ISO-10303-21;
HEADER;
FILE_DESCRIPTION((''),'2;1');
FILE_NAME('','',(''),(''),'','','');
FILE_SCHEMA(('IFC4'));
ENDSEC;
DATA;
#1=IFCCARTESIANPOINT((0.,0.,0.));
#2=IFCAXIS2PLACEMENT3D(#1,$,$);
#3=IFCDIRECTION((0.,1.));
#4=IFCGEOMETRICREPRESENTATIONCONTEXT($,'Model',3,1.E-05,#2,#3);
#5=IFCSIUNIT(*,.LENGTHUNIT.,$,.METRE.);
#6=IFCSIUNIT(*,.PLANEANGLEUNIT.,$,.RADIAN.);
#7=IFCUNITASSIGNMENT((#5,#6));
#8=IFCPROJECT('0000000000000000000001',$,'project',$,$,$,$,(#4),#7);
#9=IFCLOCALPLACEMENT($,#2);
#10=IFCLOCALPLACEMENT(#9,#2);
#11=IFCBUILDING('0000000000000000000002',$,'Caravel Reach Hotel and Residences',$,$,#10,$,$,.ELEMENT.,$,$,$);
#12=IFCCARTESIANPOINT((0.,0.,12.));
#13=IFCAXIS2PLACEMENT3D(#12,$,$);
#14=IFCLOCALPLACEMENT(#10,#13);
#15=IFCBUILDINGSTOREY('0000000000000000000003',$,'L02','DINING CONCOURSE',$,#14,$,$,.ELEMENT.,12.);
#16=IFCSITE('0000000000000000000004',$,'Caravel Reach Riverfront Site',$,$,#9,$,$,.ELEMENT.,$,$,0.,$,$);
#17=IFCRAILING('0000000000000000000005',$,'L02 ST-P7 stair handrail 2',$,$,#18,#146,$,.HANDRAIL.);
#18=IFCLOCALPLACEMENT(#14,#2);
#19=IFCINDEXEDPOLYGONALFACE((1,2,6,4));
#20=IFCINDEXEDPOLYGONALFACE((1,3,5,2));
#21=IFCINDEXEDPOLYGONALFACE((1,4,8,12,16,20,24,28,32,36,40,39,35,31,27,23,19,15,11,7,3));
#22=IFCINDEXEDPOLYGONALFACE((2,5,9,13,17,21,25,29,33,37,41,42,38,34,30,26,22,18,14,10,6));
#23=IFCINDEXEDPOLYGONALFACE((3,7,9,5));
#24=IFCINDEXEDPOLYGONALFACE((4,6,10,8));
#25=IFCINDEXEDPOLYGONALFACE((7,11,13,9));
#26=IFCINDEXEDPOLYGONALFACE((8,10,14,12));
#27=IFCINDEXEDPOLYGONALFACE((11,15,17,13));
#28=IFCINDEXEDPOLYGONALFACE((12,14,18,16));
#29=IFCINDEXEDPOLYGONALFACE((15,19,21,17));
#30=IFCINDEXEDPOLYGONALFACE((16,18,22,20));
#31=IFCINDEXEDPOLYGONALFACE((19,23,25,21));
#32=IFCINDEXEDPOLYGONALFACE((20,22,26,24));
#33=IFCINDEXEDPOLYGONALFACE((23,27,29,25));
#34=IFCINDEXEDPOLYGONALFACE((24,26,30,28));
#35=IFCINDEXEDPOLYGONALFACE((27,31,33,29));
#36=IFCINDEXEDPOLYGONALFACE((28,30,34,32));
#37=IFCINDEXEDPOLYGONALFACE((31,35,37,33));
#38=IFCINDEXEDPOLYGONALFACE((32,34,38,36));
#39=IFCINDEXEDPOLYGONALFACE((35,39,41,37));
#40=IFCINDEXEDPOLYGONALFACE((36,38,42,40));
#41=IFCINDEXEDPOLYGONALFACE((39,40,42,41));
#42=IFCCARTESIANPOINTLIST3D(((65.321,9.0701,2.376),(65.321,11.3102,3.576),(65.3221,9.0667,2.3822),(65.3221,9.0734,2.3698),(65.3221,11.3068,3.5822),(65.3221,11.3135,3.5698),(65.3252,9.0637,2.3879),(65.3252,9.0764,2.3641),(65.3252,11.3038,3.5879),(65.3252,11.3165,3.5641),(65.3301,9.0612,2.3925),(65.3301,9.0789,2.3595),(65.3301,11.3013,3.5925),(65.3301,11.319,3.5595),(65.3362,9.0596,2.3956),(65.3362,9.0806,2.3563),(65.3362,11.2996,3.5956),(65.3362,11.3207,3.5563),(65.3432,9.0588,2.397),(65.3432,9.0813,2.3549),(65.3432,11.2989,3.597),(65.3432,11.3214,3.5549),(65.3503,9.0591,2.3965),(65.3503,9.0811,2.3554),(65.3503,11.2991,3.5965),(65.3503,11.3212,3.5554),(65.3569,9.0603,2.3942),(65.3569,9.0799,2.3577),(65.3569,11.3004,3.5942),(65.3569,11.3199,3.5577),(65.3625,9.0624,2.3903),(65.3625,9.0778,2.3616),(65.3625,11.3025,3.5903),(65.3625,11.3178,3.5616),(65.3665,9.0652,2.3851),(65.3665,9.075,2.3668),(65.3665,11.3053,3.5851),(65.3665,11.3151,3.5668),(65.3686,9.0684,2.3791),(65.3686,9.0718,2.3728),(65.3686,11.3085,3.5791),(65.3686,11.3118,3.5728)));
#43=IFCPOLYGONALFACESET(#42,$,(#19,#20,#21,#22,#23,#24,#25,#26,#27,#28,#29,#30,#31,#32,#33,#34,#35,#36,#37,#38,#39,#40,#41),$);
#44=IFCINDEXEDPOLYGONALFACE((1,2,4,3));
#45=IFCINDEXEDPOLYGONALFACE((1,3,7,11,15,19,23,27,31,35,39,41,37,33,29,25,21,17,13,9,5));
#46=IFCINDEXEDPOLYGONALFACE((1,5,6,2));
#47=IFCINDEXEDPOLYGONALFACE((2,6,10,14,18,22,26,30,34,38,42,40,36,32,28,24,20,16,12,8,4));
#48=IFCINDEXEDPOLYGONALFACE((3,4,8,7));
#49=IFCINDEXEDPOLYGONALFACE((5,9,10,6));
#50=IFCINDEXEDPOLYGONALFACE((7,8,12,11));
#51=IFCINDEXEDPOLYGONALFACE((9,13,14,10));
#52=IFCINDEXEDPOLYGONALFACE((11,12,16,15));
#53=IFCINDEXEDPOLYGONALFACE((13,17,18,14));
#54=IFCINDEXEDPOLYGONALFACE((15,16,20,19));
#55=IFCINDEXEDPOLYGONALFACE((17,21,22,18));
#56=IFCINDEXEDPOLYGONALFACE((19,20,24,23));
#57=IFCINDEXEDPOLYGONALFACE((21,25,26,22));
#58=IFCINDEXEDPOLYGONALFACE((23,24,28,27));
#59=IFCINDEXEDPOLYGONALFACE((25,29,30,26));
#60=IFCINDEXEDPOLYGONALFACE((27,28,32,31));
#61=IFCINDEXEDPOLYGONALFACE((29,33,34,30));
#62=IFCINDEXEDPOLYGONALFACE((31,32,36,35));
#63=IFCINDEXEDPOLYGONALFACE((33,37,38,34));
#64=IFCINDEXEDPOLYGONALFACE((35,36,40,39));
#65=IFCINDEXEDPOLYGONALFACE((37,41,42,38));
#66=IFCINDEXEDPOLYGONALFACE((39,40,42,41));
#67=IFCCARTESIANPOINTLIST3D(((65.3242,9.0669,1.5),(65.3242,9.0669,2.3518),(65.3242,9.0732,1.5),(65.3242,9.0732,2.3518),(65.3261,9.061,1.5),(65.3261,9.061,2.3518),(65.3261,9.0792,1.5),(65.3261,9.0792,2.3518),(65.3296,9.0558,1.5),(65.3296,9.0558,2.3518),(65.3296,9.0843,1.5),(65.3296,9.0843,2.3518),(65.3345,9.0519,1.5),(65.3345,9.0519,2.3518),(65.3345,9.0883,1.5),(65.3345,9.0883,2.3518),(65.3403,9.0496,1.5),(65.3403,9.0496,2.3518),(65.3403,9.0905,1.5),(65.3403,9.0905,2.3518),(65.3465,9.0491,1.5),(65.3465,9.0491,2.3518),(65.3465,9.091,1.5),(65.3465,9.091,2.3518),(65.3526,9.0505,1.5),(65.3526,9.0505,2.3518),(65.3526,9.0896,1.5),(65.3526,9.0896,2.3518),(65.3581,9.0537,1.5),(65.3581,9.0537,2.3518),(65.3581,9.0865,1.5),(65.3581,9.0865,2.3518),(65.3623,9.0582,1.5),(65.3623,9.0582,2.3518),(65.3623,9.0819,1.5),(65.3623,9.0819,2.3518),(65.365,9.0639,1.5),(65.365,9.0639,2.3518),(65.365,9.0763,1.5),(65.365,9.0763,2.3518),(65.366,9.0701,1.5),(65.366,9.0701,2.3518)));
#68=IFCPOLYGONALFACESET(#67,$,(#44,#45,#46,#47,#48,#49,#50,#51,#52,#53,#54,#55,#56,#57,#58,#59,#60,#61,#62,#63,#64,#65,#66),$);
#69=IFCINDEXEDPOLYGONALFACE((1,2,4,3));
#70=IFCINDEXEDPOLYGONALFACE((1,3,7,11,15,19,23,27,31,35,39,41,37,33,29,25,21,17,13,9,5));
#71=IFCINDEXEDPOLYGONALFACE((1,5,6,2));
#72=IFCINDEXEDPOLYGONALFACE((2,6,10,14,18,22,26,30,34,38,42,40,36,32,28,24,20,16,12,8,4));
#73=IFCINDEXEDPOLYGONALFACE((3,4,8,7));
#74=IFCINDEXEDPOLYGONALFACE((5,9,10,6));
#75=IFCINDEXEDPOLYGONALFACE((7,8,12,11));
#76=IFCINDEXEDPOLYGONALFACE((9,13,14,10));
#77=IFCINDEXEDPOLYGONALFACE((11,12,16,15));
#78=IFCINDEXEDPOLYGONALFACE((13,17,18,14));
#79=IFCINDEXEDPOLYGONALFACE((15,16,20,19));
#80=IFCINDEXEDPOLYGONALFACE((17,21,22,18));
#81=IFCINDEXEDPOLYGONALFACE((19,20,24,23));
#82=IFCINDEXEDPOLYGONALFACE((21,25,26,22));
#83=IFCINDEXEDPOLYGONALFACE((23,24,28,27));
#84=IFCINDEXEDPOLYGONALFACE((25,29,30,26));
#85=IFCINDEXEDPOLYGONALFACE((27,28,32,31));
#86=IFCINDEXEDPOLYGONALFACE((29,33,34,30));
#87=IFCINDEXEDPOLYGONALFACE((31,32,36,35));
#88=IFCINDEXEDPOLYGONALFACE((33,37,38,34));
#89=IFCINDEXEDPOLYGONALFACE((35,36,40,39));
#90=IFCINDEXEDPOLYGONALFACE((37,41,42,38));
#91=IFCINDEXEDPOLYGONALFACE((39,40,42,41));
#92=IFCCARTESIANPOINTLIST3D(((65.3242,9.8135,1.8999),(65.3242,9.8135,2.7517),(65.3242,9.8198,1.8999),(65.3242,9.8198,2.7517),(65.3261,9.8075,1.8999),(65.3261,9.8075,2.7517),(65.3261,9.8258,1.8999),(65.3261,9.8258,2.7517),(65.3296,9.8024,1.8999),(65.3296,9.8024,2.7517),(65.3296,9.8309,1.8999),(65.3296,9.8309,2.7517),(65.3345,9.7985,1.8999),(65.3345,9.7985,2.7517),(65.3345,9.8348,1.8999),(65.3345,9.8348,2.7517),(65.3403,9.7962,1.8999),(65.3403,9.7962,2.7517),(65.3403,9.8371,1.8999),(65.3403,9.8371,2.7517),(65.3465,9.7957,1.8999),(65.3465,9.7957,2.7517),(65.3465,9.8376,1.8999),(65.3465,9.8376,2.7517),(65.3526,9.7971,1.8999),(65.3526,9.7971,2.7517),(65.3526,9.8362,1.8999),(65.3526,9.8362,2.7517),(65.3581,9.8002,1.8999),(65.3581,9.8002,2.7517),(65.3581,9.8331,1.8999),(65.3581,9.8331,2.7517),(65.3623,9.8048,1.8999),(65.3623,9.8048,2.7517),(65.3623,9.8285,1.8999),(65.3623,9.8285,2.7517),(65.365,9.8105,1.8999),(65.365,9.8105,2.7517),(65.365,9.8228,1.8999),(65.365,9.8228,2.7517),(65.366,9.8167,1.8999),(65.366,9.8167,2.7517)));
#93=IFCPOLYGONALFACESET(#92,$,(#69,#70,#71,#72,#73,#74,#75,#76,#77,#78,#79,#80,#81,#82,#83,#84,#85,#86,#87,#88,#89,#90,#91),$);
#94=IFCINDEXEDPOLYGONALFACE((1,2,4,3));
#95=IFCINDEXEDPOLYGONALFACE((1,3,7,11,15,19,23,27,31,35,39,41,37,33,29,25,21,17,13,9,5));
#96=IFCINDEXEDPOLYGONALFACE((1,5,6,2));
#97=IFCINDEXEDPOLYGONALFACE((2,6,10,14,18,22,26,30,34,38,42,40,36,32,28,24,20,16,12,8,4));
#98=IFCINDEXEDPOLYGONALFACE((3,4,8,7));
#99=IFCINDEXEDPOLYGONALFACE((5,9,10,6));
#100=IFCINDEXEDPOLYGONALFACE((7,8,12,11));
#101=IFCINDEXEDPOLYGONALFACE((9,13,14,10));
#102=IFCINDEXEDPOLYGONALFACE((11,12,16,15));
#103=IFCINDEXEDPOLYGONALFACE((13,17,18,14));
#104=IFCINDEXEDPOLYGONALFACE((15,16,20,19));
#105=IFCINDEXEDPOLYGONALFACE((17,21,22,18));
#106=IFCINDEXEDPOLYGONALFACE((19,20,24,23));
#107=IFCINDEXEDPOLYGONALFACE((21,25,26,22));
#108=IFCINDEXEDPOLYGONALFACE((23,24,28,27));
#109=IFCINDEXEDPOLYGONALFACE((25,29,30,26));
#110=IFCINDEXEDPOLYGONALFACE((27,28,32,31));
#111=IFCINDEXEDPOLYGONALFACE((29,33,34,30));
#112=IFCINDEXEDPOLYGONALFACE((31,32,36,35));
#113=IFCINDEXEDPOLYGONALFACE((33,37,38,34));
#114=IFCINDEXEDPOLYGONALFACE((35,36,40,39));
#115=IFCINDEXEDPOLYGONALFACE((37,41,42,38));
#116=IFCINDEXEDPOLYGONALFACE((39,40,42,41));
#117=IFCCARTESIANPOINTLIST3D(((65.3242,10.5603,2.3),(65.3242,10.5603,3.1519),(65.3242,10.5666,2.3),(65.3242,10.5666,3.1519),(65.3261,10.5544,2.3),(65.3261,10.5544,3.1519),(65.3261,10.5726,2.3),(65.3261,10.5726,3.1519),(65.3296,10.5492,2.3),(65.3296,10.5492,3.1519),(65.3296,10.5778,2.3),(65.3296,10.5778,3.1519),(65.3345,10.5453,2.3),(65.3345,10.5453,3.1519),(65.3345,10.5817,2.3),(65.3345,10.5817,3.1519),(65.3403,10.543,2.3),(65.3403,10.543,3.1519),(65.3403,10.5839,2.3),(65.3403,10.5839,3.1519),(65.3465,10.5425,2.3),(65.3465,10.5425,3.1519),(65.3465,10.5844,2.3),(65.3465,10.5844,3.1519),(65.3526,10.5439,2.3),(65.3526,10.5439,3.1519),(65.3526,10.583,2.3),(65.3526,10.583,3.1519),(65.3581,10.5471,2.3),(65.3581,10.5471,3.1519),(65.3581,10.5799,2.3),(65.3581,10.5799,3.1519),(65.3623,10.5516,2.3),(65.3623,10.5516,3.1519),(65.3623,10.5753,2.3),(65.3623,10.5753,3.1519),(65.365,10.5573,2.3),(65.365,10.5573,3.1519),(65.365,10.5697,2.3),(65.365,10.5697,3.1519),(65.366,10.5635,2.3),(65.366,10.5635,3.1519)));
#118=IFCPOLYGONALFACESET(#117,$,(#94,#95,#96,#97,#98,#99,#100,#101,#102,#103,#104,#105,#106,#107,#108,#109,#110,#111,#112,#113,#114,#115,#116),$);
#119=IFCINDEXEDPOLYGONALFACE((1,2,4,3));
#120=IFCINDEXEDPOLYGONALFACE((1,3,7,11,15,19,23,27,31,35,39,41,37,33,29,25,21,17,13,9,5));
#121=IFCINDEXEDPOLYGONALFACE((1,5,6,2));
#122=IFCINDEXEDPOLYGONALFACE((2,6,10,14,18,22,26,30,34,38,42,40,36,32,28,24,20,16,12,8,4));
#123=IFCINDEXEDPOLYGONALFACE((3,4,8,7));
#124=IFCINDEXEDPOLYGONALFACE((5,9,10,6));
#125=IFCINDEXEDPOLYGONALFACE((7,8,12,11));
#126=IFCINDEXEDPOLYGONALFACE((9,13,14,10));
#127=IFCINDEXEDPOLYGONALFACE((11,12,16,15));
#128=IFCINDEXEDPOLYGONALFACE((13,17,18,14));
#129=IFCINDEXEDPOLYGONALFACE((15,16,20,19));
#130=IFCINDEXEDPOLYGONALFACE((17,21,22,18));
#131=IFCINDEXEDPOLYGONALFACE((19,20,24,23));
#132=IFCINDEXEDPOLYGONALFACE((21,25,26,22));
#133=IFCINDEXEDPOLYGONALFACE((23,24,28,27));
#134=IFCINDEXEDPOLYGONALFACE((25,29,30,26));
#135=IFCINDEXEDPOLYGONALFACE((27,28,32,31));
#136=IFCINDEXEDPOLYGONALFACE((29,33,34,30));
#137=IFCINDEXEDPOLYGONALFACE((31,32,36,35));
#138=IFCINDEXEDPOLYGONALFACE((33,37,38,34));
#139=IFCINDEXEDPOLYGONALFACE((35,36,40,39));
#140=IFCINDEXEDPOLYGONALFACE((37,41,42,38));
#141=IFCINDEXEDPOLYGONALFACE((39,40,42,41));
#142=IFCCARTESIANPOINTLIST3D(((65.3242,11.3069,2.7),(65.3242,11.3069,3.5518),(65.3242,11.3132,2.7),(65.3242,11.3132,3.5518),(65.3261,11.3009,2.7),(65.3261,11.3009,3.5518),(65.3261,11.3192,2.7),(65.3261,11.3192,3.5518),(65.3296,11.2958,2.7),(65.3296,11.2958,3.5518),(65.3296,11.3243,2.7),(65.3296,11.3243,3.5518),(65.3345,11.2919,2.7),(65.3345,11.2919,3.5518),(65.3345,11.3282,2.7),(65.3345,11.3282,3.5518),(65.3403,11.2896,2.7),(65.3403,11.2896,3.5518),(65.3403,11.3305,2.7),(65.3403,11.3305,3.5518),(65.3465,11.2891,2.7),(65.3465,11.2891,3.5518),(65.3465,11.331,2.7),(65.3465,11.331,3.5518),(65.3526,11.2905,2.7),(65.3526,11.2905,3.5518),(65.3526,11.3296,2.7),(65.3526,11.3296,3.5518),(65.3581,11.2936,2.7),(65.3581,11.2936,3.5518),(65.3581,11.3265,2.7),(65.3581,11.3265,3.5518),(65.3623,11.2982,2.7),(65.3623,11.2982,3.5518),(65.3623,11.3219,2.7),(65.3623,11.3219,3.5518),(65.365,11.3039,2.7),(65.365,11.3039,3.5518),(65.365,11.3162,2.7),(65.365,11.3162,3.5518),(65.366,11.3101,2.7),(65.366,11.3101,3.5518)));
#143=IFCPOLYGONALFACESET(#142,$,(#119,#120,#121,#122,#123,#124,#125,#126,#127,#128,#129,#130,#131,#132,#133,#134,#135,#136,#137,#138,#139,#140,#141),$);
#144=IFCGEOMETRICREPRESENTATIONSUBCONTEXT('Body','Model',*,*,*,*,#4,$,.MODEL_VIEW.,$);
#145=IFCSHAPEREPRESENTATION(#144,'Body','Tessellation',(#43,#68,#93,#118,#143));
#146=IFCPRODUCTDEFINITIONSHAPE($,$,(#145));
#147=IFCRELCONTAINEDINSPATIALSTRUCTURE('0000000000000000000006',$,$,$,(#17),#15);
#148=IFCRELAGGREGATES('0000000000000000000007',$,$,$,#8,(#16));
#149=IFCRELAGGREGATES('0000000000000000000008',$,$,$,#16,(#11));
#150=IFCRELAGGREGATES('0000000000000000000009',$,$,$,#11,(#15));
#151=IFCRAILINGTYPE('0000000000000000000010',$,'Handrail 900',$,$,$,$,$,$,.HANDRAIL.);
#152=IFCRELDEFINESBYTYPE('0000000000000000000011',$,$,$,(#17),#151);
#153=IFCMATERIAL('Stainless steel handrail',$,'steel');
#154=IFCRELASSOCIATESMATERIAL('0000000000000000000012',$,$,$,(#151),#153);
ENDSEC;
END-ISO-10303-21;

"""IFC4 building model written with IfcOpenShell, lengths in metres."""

from ifc_helpers import new_model, si_unit, direction, frame, origin, origin_2d, place, context, subcontext, project, spatial, circle, extrude, material, type_object, element, save


model = new_model("IFC4")

# Units and contexts
model_context = context("Model", 3, precision=1e-05, world=origin(), true_north=direction((0.0, 1.0)))
body_context = subcontext(model_context, "Body", "Model", "MODEL_VIEW")
ifc_project = project(units=[si_unit("LENGTHUNIT", "METRE"), si_unit("PLANEANGLEUNIT", "RADIAN")], contexts=[model_context])

# Site, building, storey
site_placement = place(None, origin())
site = spatial("IfcSite", under=ifc_project, at=site_placement, Name="Caravel Reach Riverfront Site", CompositionType="ELEMENT", RefElevation=0.0)
building_placement = place(site_placement, origin())
building = spatial("IfcBuilding", under=site, at=building_placement, Name="Caravel Reach Hotel and Residences", CompositionType="ELEMENT")
storey_placement = place(building_placement, frame((0.0, 0.0, 12.0)))
storey = spatial("IfcBuildingStorey", under=building, at=storey_placement, Name="L02", Description="DINING CONCOURSE", CompositionType="ELEMENT", Elevation=12.0)

# Railing
ifc_material_1 = material(Name="Stainless steel handrail", Category="steel")
railing_type_1 = type_object("IfcRailingType", Name="Handrail 900", PredefinedType="HANDRAIL", material=ifc_material_1)
for number, where, name in (
    (1, (65.345, 9.0701, 1.5), "L02 ST-P7 stair handrail 2"),
):
    element("IfcRailing", number, at=place(storey_placement, frame(where)), inside=storey, type_object=railing_type_1, Name=name, PredefinedType="HANDRAIL", context=body_context, shape_type="SweptSolid", body=[
        extrude(circle(Radius=0.0239, at=origin_2d()), frame((0.0, 0.0, 0.876), z_axis=(0.0, 0.881487, 0.472208), x_axis=(-1.0, 0.0, 0.0)), (0.0, 0.0, 1.0), 2.5413),
        extrude(circle(Radius=0.021, at=origin_2d()), origin(), (0.0, 0.0, 1.0), 0.8518),
        extrude(circle(Radius=0.021, at=origin_2d()), frame((0.0, 0.7466, 0.3999)), (0.0, 0.0, 1.0), 0.8518),
        extrude(circle(Radius=0.021, at=origin_2d()), frame((0.0, 1.4934, 0.8)), (0.0, 0.0, 1.0), 0.8518),
        extrude(circle(Radius=0.021, at=origin_2d()), frame((0.0, 2.24, 1.2)), (0.0, 0.0, 1.0), 0.8518),
    ])

save(model, "model.ifc")
